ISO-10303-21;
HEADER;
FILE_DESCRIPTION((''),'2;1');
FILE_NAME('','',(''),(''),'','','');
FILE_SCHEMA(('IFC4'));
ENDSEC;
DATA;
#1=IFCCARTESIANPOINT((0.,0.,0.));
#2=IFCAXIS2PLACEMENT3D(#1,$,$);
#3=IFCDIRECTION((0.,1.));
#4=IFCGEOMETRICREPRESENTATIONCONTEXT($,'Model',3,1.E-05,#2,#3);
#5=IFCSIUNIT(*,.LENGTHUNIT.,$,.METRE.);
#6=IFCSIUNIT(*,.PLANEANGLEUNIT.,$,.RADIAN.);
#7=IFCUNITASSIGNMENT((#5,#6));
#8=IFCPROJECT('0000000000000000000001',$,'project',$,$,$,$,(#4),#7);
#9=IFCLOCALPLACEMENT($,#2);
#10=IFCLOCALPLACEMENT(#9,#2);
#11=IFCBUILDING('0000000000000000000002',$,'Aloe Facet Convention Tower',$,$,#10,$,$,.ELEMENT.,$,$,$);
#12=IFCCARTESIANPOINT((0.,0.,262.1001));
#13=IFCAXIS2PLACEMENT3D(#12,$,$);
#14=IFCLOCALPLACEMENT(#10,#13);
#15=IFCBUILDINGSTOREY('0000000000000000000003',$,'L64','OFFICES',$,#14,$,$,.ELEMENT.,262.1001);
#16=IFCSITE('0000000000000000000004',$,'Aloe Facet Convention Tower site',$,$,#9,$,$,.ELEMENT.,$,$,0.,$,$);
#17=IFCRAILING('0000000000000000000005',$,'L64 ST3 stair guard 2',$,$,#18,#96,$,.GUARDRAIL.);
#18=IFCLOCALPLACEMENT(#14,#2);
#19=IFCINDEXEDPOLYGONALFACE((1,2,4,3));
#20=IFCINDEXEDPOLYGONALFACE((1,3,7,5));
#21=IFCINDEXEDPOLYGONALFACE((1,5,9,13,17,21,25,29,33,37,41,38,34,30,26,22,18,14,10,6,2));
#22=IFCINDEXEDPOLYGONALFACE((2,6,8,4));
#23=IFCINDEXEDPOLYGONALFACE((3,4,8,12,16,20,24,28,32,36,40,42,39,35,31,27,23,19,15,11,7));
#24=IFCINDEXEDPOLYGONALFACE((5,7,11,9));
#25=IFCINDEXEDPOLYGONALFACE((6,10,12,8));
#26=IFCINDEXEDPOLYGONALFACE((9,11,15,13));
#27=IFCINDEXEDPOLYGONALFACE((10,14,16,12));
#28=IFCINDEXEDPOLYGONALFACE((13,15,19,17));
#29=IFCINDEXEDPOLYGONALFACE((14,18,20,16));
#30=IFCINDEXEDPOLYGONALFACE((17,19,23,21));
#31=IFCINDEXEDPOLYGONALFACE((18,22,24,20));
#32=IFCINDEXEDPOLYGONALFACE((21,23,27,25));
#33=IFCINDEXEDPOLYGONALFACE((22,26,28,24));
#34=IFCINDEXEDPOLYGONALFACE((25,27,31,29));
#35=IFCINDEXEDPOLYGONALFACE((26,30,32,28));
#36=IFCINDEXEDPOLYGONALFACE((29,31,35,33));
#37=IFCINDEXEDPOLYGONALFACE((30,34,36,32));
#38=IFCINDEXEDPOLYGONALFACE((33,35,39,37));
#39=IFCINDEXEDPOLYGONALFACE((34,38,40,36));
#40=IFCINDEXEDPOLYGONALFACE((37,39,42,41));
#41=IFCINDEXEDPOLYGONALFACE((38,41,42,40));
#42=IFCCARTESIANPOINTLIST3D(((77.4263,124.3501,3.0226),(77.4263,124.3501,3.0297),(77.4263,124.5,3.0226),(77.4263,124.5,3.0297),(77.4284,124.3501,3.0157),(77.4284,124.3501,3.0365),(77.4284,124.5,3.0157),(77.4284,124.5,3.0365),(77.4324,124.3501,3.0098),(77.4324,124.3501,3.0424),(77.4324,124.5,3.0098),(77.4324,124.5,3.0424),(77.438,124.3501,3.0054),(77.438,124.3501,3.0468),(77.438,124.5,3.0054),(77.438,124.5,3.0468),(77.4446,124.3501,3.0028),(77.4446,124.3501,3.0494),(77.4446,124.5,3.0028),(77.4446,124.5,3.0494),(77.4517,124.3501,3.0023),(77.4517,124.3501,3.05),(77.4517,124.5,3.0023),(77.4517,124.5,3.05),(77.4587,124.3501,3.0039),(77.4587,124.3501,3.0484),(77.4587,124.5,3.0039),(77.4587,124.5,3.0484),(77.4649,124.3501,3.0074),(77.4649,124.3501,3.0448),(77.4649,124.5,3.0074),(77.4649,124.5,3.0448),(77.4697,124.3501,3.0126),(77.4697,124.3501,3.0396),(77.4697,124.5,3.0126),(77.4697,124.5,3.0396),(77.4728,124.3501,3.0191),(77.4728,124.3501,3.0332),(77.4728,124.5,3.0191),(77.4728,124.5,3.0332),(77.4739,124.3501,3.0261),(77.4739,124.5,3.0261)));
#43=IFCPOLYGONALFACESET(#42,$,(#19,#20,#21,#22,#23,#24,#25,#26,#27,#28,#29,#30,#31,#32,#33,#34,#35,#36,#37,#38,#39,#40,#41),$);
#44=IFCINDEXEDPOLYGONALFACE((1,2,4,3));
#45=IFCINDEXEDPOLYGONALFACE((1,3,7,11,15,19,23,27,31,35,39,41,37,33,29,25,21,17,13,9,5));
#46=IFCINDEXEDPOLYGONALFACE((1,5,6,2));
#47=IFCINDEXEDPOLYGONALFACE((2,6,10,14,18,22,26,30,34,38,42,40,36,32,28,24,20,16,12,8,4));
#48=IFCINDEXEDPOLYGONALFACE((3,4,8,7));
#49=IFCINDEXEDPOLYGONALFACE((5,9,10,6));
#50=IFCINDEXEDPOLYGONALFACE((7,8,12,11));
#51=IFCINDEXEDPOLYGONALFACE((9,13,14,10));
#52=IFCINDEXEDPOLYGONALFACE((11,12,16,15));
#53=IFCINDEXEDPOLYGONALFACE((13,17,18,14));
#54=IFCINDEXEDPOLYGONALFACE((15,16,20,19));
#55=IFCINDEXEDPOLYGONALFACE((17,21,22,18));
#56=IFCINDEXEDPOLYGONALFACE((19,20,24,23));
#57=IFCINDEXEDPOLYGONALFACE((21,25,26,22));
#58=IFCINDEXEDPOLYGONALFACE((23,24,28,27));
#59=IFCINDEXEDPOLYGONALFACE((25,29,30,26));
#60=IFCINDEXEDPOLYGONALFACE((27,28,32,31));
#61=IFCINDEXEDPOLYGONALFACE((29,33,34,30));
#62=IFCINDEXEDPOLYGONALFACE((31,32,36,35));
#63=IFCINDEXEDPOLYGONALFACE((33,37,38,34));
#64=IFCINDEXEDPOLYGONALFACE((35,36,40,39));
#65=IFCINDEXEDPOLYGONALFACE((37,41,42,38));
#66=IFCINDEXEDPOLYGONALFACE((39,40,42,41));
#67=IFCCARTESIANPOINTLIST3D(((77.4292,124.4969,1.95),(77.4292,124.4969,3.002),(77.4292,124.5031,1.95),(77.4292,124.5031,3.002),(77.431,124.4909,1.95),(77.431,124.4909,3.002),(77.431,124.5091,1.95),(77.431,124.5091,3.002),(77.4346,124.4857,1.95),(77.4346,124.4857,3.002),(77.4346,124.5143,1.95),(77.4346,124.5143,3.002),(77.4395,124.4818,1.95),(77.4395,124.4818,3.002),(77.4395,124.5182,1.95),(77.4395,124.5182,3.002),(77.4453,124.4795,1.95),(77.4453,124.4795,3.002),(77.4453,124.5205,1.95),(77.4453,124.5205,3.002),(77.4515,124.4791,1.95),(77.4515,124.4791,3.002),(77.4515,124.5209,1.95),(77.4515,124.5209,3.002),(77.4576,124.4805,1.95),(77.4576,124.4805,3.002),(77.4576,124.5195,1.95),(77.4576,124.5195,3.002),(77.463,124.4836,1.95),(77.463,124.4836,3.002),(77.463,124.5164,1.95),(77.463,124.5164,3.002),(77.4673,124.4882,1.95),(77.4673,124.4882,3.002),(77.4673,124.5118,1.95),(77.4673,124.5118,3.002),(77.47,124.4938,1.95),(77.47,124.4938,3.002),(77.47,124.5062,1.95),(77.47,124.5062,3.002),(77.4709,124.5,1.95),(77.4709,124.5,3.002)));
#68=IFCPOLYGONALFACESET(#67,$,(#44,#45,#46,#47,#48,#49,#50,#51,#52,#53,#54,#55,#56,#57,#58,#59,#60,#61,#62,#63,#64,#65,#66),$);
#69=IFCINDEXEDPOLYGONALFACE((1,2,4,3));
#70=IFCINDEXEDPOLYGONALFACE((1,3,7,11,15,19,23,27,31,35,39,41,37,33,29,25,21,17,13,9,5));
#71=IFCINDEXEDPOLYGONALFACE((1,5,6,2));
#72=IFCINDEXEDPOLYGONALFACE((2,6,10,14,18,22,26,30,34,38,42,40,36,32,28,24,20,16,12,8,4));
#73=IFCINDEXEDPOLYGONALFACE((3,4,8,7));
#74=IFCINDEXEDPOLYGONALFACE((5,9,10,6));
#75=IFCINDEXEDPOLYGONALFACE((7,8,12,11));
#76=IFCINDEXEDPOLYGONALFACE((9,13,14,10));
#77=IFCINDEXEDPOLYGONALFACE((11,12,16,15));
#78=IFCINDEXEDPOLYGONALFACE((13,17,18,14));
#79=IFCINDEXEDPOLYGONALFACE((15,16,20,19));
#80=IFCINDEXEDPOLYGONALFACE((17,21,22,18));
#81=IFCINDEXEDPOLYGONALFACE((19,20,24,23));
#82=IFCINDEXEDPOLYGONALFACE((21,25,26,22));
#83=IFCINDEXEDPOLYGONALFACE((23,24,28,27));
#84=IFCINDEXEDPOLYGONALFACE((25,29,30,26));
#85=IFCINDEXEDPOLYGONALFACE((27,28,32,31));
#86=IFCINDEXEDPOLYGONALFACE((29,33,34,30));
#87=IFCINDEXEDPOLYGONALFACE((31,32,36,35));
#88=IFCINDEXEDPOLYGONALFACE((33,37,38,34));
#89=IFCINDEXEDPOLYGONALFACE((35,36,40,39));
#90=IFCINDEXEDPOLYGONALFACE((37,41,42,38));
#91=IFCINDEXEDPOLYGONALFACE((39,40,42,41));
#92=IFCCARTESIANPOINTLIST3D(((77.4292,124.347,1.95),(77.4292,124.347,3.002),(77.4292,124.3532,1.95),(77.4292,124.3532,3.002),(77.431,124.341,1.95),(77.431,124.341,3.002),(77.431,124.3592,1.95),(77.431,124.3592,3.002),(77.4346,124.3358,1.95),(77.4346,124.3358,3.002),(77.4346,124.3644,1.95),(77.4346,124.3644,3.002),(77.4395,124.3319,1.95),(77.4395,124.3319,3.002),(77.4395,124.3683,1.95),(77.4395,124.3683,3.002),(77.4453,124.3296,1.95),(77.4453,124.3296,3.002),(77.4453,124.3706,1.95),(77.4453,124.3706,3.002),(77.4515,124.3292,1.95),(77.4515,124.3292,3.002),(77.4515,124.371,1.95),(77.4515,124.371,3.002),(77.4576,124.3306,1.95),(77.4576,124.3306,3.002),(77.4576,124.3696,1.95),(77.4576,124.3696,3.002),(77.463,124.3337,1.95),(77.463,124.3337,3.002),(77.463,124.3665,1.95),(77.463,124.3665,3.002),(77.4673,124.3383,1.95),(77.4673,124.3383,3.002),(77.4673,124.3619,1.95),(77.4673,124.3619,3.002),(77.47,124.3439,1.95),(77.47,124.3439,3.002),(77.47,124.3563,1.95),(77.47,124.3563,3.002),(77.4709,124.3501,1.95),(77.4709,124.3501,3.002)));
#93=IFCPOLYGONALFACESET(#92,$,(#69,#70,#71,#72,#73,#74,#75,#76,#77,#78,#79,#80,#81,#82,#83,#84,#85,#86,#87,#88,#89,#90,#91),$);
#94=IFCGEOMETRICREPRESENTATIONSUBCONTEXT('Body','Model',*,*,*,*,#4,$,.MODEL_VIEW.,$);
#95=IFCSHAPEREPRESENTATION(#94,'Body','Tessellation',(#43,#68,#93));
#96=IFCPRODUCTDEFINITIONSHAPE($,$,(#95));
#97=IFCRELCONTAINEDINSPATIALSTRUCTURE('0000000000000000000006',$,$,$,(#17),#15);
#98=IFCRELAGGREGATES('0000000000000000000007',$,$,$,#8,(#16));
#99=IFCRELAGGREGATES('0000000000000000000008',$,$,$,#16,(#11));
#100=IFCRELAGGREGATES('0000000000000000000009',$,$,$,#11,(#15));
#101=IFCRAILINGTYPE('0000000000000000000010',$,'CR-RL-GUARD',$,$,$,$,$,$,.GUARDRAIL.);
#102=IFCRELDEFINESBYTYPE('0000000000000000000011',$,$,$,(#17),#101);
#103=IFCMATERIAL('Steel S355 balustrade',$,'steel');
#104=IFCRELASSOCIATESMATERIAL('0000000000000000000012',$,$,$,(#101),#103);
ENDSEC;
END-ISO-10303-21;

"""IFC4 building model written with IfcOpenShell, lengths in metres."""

from ifc_helpers import new_model, si_unit, direction, frame, origin, origin_2d, place, context, subcontext, project, spatial, circle, extrude, material, type_object, element, save


model = new_model("IFC4")

# Units and contexts
model_context = context("Model", 3, precision=1e-05, world=origin(), true_north=direction((0.0, 1.0)))
body_context = subcontext(model_context, "Body", "Model", "MODEL_VIEW")
ifc_project = project(units=[si_unit("LENGTHUNIT", "METRE"), si_unit("PLANEANGLEUNIT", "RADIAN")], contexts=[model_context])

# Site, building, storey
site_placement = place(None, origin())
site = spatial("IfcSite", under=ifc_project, at=site_placement, Name="Aloe Facet Convention Tower site", CompositionType="ELEMENT", RefElevation=0.0)
building_placement = place(site_placement, origin())
building = spatial("IfcBuilding", under=site, at=building_placement, Name="Aloe Facet Convention Tower", CompositionType="ELEMENT")
storey_placement = place(building_placement, frame((0.0, 0.0, 262.1001)))
storey = spatial("IfcBuildingStorey", under=building, at=storey_placement, Name="L64", Description="OFFICES", CompositionType="ELEMENT", Elevation=262.1001)

# Railing
ifc_material_1 = material(Name="Steel S355 balustrade", Category="steel")
railing_type_1 = type_object("IfcRailingType", Name="CR-RL-GUARD", PredefinedType="GUARDRAIL", material=ifc_material_1)
railing_1_placement = place(storey_placement, frame((77.45, 124.5, 1.95)))
element("IfcRailing", 1, at=railing_1_placement, inside=storey, type_object=railing_type_1, Name="L64 ST3 stair guard 2", PredefinedType="GUARDRAIL", context=body_context, shape_type="SweptSolid", body=[
    extrude(circle(Radius=0.0239, at=origin_2d()), frame((0.0, 0.0, 1.0762), z_axis=(0.0, -1.0, 0.0), x_axis=(1.0, 0.0, 0.0)), (0.0, 0.0, 1.0), 0.1499),
    extrude(circle(Radius=0.021, at=origin_2d()), origin(), (0.0, 0.0, 1.0), 1.052),
    extrude(circle(Radius=0.021, at=origin_2d()), frame((0.0, -0.1499, 0.0)), (0.0, 0.0, 1.0), 1.052),
])

save(model, "model.ifc")
